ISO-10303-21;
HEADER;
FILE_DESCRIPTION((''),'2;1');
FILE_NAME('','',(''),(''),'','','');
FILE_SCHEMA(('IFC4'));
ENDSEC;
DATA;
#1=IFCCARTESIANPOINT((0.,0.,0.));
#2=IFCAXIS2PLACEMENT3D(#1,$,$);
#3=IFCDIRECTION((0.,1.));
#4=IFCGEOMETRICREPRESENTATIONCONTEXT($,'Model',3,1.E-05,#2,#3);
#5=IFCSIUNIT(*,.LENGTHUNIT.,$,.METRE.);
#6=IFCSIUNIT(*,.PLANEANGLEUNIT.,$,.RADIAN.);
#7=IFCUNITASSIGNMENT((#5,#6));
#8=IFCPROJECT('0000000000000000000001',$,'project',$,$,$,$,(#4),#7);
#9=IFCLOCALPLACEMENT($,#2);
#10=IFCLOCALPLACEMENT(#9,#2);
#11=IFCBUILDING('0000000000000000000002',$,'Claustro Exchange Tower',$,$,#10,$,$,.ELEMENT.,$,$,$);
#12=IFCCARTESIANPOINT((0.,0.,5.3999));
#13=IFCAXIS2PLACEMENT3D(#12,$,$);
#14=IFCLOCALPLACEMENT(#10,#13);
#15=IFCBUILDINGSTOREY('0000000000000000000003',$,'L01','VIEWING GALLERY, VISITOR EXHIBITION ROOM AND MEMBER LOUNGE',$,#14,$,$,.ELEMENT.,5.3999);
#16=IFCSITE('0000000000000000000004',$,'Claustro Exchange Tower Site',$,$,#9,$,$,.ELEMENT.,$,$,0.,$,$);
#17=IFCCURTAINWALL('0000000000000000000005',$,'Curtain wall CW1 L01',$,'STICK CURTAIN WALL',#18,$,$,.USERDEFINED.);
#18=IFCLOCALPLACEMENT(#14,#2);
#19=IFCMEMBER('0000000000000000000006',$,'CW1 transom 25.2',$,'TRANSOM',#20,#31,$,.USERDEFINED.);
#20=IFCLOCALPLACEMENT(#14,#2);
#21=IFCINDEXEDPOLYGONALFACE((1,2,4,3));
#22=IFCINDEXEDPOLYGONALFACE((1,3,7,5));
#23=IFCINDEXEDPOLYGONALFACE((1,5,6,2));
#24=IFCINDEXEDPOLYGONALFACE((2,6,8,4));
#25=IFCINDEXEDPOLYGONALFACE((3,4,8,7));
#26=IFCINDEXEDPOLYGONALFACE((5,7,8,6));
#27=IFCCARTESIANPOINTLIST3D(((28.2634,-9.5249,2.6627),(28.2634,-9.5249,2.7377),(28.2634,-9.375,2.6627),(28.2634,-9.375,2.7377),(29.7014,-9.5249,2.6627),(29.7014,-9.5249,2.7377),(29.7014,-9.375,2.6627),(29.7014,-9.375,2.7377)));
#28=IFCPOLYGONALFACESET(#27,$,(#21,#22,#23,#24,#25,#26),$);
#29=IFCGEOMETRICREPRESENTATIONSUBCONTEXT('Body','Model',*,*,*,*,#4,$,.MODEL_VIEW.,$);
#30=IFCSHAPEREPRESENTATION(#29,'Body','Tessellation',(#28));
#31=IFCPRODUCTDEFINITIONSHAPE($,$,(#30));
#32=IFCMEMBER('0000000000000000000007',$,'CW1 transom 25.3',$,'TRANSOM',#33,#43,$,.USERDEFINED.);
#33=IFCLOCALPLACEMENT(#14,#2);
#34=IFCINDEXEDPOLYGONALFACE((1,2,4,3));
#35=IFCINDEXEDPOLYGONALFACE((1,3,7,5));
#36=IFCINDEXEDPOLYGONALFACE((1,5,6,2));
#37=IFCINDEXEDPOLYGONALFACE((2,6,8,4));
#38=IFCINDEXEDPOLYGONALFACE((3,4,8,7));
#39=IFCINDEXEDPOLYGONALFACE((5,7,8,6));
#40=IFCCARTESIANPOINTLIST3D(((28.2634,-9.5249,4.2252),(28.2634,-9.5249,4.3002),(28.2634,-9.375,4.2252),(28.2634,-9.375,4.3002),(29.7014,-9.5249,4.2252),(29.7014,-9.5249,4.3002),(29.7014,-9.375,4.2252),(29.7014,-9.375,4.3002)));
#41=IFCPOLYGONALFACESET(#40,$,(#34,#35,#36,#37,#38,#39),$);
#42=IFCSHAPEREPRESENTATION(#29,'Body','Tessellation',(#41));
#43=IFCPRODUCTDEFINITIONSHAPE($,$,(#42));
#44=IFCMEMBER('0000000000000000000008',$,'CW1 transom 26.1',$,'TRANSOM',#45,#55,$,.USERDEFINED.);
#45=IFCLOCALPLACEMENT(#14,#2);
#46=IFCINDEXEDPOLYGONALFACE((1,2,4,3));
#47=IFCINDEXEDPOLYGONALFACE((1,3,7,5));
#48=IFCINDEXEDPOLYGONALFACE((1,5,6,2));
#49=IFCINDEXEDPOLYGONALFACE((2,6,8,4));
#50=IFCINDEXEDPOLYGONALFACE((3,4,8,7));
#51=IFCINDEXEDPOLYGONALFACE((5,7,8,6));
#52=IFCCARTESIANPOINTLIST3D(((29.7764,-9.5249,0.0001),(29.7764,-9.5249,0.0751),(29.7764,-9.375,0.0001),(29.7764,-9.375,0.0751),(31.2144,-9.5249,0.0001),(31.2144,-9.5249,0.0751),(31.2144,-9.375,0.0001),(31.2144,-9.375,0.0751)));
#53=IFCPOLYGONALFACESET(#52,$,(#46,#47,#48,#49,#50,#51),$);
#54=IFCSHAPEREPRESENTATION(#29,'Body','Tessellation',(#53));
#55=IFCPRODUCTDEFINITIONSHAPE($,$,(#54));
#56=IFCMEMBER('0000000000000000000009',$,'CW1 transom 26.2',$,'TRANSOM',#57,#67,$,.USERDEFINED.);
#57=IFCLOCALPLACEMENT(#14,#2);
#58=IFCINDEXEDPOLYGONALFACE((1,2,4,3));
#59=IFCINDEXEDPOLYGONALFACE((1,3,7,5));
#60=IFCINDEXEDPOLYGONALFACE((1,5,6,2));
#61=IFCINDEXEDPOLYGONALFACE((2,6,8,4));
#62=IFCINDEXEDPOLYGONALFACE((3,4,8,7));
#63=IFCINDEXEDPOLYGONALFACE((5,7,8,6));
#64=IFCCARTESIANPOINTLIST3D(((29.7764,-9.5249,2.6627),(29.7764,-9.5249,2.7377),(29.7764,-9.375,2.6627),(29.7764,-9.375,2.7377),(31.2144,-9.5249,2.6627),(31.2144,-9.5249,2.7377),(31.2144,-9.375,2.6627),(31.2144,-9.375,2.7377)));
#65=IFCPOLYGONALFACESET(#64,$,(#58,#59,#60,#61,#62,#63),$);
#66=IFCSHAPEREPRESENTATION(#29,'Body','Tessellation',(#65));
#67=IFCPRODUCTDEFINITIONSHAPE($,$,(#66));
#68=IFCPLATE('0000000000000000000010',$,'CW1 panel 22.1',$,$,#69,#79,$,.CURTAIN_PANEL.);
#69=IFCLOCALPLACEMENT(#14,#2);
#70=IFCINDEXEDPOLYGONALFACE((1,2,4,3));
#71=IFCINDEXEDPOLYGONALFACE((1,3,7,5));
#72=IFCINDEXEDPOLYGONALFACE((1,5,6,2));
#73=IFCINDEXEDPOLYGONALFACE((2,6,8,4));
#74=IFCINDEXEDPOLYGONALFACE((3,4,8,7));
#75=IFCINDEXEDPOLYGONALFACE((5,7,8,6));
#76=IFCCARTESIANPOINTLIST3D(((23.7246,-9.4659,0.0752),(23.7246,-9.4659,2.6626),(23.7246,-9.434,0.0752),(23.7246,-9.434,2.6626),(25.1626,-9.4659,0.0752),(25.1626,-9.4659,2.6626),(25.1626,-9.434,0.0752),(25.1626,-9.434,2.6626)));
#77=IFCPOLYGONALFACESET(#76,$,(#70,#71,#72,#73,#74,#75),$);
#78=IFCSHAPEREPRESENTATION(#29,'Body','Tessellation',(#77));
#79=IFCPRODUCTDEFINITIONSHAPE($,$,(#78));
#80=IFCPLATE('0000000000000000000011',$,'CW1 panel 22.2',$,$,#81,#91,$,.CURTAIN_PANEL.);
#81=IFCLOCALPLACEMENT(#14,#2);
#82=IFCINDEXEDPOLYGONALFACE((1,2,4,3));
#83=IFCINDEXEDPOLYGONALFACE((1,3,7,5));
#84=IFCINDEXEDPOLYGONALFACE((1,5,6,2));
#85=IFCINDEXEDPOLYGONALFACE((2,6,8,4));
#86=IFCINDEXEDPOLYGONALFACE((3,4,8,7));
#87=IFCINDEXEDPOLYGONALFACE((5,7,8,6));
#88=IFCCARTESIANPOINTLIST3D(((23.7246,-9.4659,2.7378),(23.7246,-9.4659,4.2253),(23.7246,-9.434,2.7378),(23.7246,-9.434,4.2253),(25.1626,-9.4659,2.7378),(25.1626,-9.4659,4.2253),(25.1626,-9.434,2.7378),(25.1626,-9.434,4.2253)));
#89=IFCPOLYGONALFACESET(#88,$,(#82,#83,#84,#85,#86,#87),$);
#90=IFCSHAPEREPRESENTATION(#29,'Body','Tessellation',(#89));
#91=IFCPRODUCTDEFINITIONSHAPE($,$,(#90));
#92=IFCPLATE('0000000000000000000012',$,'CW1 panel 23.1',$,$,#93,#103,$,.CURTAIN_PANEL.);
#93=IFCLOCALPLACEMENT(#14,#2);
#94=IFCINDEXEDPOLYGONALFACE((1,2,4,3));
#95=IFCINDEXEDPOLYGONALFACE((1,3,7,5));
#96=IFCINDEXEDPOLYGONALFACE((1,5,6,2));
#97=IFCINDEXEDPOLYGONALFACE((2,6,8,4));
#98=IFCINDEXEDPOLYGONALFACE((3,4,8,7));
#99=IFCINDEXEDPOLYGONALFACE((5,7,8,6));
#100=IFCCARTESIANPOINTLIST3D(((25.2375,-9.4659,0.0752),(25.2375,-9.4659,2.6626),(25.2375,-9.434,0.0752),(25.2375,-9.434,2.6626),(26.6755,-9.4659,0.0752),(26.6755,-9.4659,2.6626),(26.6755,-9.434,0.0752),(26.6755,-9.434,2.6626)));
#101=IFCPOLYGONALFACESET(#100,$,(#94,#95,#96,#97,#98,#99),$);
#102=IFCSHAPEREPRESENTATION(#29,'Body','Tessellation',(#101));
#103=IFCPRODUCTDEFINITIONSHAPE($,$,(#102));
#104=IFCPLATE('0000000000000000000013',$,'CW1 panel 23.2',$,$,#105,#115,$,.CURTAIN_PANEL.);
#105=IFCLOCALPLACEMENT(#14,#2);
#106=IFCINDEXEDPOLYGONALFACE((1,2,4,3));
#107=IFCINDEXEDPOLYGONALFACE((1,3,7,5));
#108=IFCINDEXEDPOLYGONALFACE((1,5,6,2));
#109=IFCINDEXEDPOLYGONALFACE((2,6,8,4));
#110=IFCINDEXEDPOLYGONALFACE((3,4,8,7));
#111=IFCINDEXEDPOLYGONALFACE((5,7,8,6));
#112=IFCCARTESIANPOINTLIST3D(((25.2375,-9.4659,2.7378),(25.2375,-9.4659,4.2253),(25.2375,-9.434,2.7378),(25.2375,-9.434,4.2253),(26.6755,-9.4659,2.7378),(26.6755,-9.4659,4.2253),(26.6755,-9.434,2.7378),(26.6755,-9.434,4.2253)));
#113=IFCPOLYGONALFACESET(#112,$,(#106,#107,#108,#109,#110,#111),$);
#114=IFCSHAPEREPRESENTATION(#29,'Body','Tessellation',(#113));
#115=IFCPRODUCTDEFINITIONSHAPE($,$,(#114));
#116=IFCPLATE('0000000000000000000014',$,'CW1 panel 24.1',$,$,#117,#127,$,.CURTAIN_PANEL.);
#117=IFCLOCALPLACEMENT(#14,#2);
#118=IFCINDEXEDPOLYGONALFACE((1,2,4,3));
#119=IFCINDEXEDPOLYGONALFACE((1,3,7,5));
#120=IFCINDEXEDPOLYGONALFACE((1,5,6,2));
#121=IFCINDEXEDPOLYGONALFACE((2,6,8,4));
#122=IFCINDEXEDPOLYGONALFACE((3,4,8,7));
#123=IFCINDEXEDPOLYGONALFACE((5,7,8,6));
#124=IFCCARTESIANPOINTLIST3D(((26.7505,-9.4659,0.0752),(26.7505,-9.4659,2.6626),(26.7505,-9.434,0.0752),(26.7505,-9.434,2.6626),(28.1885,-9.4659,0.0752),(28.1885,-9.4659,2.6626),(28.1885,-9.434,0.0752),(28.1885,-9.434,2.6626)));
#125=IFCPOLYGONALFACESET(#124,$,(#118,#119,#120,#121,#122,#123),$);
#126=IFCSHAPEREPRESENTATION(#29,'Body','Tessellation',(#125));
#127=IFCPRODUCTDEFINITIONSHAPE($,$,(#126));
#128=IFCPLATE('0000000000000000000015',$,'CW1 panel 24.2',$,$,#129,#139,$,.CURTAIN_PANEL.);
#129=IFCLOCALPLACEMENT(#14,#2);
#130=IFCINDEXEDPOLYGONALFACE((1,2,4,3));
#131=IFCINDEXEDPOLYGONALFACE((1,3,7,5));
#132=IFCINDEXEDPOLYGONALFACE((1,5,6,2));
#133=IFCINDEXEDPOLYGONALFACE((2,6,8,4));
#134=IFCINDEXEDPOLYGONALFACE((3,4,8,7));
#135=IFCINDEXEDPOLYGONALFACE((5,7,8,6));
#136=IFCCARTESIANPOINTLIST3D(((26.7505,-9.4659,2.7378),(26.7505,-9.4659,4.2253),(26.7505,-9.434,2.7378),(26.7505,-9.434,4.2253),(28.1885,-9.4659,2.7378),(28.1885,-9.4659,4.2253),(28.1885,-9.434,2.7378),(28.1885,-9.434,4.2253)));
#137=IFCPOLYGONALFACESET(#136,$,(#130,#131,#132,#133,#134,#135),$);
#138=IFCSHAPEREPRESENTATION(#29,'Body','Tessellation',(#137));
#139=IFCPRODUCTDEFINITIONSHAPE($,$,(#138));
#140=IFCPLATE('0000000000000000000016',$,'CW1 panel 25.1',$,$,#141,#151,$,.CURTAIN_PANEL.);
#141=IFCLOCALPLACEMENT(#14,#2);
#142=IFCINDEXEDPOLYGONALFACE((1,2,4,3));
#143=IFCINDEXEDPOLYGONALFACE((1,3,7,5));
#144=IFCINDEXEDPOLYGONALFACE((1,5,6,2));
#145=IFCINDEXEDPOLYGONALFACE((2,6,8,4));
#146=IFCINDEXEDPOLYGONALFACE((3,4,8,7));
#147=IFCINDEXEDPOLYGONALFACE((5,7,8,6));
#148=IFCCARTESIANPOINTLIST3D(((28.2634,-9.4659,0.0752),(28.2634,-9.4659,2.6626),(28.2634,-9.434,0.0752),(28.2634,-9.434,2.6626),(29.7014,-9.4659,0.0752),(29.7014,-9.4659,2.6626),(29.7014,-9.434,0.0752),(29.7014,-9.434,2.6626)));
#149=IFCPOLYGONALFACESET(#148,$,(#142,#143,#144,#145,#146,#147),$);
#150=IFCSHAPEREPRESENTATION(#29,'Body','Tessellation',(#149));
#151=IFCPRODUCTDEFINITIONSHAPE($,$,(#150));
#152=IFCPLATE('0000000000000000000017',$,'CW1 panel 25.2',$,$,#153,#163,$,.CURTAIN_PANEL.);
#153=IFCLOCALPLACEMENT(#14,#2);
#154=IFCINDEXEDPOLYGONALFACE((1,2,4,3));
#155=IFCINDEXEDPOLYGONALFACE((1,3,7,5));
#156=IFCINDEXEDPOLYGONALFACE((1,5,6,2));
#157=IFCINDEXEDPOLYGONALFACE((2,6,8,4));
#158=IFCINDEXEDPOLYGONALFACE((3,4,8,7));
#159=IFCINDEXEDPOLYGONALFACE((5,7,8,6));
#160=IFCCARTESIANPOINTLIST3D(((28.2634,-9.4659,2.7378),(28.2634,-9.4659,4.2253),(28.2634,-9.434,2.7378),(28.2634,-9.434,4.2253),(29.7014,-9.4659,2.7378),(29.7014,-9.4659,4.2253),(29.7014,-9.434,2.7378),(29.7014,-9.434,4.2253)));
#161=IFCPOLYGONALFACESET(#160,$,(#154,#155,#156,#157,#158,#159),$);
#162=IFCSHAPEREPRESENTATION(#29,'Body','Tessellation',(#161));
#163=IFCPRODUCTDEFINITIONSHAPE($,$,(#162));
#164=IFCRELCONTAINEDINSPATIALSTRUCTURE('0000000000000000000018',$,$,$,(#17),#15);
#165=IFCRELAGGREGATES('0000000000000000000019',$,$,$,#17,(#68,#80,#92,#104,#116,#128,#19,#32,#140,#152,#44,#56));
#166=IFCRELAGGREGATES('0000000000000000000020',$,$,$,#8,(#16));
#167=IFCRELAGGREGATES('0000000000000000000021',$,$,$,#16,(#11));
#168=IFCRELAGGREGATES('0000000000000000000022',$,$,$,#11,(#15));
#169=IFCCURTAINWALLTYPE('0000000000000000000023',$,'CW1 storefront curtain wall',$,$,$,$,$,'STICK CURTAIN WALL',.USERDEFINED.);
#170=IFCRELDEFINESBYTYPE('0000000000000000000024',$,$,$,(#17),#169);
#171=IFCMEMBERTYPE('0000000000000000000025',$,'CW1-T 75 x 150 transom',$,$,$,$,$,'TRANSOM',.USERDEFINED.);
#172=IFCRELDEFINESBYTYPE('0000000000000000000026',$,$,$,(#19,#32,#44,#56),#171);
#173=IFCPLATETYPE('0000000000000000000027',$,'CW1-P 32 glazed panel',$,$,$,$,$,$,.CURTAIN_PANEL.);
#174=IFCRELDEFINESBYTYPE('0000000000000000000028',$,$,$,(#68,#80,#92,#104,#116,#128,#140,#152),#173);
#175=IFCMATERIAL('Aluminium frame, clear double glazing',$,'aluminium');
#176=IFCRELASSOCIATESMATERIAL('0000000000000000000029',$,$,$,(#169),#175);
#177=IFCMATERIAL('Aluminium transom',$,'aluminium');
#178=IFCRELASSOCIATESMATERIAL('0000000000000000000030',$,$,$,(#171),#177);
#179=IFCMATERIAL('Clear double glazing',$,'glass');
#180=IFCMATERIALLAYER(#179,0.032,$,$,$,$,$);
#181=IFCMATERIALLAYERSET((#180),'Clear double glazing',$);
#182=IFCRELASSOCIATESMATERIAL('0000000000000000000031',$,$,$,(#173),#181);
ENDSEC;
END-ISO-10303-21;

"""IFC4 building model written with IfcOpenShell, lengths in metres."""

from ifc_helpers import new_model, si_unit, direction, frame, origin, origin_2d, place, context, subcontext, project, spatial, rectangle, extrude, material, layer, layer_set, material_profile, profile_set, type_object, element, aggregate, save


model = new_model("IFC4")

# Units and contexts
model_context = context("Model", 3, precision=1e-05, world=origin(), true_north=direction((0.0, 1.0)))
body_context = subcontext(model_context, "Body", "Model", "MODEL_VIEW")
ifc_project = project(units=[si_unit("LENGTHUNIT", "METRE"), si_unit("PLANEANGLEUNIT", "RADIAN")], contexts=[model_context])

# Site, building, storey
site_placement = place(None, origin())
site = spatial("IfcSite", under=ifc_project, at=site_placement, Name="Claustro Exchange Tower Site", CompositionType="ELEMENT", RefElevation=0.0)
building_placement = place(site_placement, origin())
building = spatial("IfcBuilding", under=site, at=building_placement, Name="Claustro Exchange Tower", CompositionType="ELEMENT")
storey_placement = place(building_placement, frame((0.0, 0.0, 5.3999)))
storey = spatial("IfcBuildingStorey", under=building, at=storey_placement, Name="L01", Description="VIEWING GALLERY, VISITOR EXHIBITION ROOM AND MEMBER LOUNGE", CompositionType="ELEMENT", Elevation=5.3999)

# Curtain wall, members, plates
ifc_material_1 = material(Name="Aluminium frame, clear double glazing", Category="aluminium")
curtain_wall_type = type_object("IfcCurtainWallType", Name="CW1 storefront curtain wall", ElementType="STICK CURTAIN WALL", PredefinedType="USERDEFINED", material=ifc_material_1)
curtain_wall_placement = place(storey_placement, origin())
curtain_wall = element("IfcCurtainWall", 1, at=curtain_wall_placement, inside=storey, type_object=curtain_wall_type, Name="Curtain wall CW1 L01", ObjectType="STICK CURTAIN WALL", PredefinedType="USERDEFINED")
ifc_material_2 = material(Name="Aluminium transom", Category="aluminium")
ifc_material_profile_1 = material_profile(ifc_material_2, rectangle(XDim=0.1499, YDim=0.075, at=origin_2d()), Name="CW1-T 75x150")
ifc_profile_set_1 = profile_set([ifc_material_profile_1], Name="Aluminium transom")
member_type_1 = type_object("IfcMemberType", Name="CW1-T 75 x 150 transom", ElementType="TRANSOM", PredefinedType="USERDEFINED", material=ifc_profile_set_1)
member_1_placement = place(storey_placement, frame((28.2634, -9.45, 2.7002), z_axis=(1.0, 0.0, 0.0), x_axis=(0.0, 1.0, 0.0)))
member_1 = element("IfcMember", 2, at=member_1_placement, type_object=member_type_1, Name="CW1 transom 25.2", ObjectType="TRANSOM", PredefinedType="USERDEFINED", context=body_context, shape_type="SweptSolid", body=[
    extrude(rectangle(XDim=0.1499, YDim=0.075, at=origin_2d()), origin(), (0.0, 0.0, 1.0), 1.438),
])
member_2_placement = place(storey_placement, frame((28.2634, -9.45, 4.2627), z_axis=(1.0, 0.0, 0.0), x_axis=(0.0, 1.0, 0.0)))
member_2 = element("IfcMember", 3, at=member_2_placement, type_object=member_type_1, Name="CW1 transom 25.3", ObjectType="TRANSOM", PredefinedType="USERDEFINED", context=body_context, shape_type="SweptSolid", body=[
    extrude(rectangle(XDim=0.1499, YDim=0.075, at=origin_2d()), origin(), (0.0, 0.0, 1.0), 1.438),
])
member_3_placement = place(storey_placement, frame((29.7764, -9.45, 0.0376), z_axis=(1.0, 0.0, 0.0), x_axis=(0.0, 1.0, 0.0)))
member_3 = element("IfcMember", 4, at=member_3_placement, type_object=member_type_1, Name="CW1 transom 26.1", ObjectType="TRANSOM", PredefinedType="USERDEFINED", context=body_context, shape_type="SweptSolid", body=[
    extrude(rectangle(XDim=0.1499, YDim=0.075, at=origin_2d()), origin(), (0.0, 0.0, 1.0), 1.438),
])
member_4_placement = place(storey_placement, frame((29.7764, -9.45, 2.7002), z_axis=(1.0, 0.0, 0.0), x_axis=(0.0, 1.0, 0.0)))
member_4 = element("IfcMember", 5, at=member_4_placement, type_object=member_type_1, Name="CW1 transom 26.2", ObjectType="TRANSOM", PredefinedType="USERDEFINED", context=body_context, shape_type="SweptSolid", body=[
    extrude(rectangle(XDim=0.1499, YDim=0.075, at=origin_2d()), origin(), (0.0, 0.0, 1.0), 1.438),
])
ifc_material_3 = material(Name="Clear double glazing", Category="glass")
ifc_layer = layer(ifc_material_3, 0.032)
ifc_layer_set = layer_set([ifc_layer], Name="Clear double glazing")
plate_type = type_object("IfcPlateType", Name="CW1-P 32 glazed panel", PredefinedType="CURTAIN_PANEL", material=ifc_layer_set)
plate_1_placement = place(storey_placement, frame((24.4436, -9.45, 0.0752), z_axis=(0.0, 0.0, 1.0), x_axis=(1.0, 0.0, 0.0)))
plate_1 = element("IfcPlate", 6, at=plate_1_placement, type_object=plate_type, Name="CW1 panel 22.1", PredefinedType="CURTAIN_PANEL", context=body_context, shape_type="SweptSolid", body=[
    extrude(rectangle(XDim=1.438, YDim=0.032, at=origin_2d()), origin(), (0.0, 0.0, 1.0), 2.5874),
])
plate_2_placement = place(storey_placement, frame((24.4436, -9.45, 2.7378), z_axis=(0.0, 0.0, 1.0), x_axis=(1.0, 0.0, 0.0)))
plate_2 = element("IfcPlate", 7, at=plate_2_placement, type_object=plate_type, Name="CW1 panel 22.2", PredefinedType="CURTAIN_PANEL", context=body_context, shape_type="SweptSolid", body=[
    extrude(rectangle(XDim=1.438, YDim=0.032, at=origin_2d()), origin(), (0.0, 0.0, 1.0), 1.4875),
])
plate_3_placement = place(storey_placement, frame((25.9565, -9.45, 0.0752), z_axis=(0.0, 0.0, 1.0), x_axis=(1.0, 0.0, 0.0)))
plate_3 = element("IfcPlate", 8, at=plate_3_placement, type_object=plate_type, Name="CW1 panel 23.1", PredefinedType="CURTAIN_PANEL", context=body_context, shape_type="SweptSolid", body=[
    extrude(rectangle(XDim=1.438, YDim=0.032, at=origin_2d()), origin(), (0.0, 0.0, 1.0), 2.5874),
])
plate_4_placement = place(storey_placement, frame((25.9565, -9.45, 2.7378), z_axis=(0.0, 0.0, 1.0), x_axis=(1.0, 0.0, 0.0)))
plate_4 = element("IfcPlate", 9, at=plate_4_placement, type_object=plate_type, Name="CW1 panel 23.2", PredefinedType="CURTAIN_PANEL", context=body_context, shape_type="SweptSolid", body=[
    extrude(rectangle(XDim=1.438, YDim=0.032, at=origin_2d()), origin(), (0.0, 0.0, 1.0), 1.4875),
])
plate_5_placement = place(storey_placement, frame((27.4695, -9.45, 0.0752), z_axis=(0.0, 0.0, 1.0), x_axis=(1.0, 0.0, 0.0)))
plate_5 = element("IfcPlate", 10, at=plate_5_placement, type_object=plate_type, Name="CW1 panel 24.1", PredefinedType="CURTAIN_PANEL", context=body_context, shape_type="SweptSolid", body=[
    extrude(rectangle(XDim=1.438, YDim=0.032, at=origin_2d()), origin(), (0.0, 0.0, 1.0), 2.5874),
])
plate_6_placement = place(storey_placement, frame((27.4695, -9.45, 2.7378), z_axis=(0.0, 0.0, 1.0), x_axis=(1.0, 0.0, 0.0)))
plate_6 = element("IfcPlate", 11, at=plate_6_placement, type_object=plate_type, Name="CW1 panel 24.2", PredefinedType="CURTAIN_PANEL", context=body_context, shape_type="SweptSolid", body=[
    extrude(rectangle(XDim=1.438, YDim=0.032, at=origin_2d()), origin(), (0.0, 0.0, 1.0), 1.4875),
])
plate_7_placement = place(storey_placement, frame((28.9824, -9.45, 0.0752), z_axis=(0.0, 0.0, 1.0), x_axis=(1.0, 0.0, 0.0)))
plate_7 = element("IfcPlate", 12, at=plate_7_placement, type_object=plate_type, Name="CW1 panel 25.1", PredefinedType="CURTAIN_PANEL", context=body_context, shape_type="SweptSolid", body=[
    extrude(rectangle(XDim=1.438, YDim=0.032, at=origin_2d()), origin(), (0.0, 0.0, 1.0), 2.5874),
])
plate_8_placement = place(storey_placement, frame((28.9824, -9.45, 2.7378), z_axis=(0.0, 0.0, 1.0), x_axis=(1.0, 0.0, 0.0)))
plate_8 = element("IfcPlate", 13, at=plate_8_placement, type_object=plate_type, Name="CW1 panel 25.2", PredefinedType="CURTAIN_PANEL", context=body_context, shape_type="SweptSolid", body=[
    extrude(rectangle(XDim=1.438, YDim=0.032, at=origin_2d()), origin(), (0.0, 0.0, 1.0), 1.4875),
])
aggregate(curtain_wall, [plate_1, plate_2, plate_3, plate_4, plate_5, plate_6, member_1, member_2, plate_7, plate_8, member_3, member_4])

save(model, "model.ifc")
